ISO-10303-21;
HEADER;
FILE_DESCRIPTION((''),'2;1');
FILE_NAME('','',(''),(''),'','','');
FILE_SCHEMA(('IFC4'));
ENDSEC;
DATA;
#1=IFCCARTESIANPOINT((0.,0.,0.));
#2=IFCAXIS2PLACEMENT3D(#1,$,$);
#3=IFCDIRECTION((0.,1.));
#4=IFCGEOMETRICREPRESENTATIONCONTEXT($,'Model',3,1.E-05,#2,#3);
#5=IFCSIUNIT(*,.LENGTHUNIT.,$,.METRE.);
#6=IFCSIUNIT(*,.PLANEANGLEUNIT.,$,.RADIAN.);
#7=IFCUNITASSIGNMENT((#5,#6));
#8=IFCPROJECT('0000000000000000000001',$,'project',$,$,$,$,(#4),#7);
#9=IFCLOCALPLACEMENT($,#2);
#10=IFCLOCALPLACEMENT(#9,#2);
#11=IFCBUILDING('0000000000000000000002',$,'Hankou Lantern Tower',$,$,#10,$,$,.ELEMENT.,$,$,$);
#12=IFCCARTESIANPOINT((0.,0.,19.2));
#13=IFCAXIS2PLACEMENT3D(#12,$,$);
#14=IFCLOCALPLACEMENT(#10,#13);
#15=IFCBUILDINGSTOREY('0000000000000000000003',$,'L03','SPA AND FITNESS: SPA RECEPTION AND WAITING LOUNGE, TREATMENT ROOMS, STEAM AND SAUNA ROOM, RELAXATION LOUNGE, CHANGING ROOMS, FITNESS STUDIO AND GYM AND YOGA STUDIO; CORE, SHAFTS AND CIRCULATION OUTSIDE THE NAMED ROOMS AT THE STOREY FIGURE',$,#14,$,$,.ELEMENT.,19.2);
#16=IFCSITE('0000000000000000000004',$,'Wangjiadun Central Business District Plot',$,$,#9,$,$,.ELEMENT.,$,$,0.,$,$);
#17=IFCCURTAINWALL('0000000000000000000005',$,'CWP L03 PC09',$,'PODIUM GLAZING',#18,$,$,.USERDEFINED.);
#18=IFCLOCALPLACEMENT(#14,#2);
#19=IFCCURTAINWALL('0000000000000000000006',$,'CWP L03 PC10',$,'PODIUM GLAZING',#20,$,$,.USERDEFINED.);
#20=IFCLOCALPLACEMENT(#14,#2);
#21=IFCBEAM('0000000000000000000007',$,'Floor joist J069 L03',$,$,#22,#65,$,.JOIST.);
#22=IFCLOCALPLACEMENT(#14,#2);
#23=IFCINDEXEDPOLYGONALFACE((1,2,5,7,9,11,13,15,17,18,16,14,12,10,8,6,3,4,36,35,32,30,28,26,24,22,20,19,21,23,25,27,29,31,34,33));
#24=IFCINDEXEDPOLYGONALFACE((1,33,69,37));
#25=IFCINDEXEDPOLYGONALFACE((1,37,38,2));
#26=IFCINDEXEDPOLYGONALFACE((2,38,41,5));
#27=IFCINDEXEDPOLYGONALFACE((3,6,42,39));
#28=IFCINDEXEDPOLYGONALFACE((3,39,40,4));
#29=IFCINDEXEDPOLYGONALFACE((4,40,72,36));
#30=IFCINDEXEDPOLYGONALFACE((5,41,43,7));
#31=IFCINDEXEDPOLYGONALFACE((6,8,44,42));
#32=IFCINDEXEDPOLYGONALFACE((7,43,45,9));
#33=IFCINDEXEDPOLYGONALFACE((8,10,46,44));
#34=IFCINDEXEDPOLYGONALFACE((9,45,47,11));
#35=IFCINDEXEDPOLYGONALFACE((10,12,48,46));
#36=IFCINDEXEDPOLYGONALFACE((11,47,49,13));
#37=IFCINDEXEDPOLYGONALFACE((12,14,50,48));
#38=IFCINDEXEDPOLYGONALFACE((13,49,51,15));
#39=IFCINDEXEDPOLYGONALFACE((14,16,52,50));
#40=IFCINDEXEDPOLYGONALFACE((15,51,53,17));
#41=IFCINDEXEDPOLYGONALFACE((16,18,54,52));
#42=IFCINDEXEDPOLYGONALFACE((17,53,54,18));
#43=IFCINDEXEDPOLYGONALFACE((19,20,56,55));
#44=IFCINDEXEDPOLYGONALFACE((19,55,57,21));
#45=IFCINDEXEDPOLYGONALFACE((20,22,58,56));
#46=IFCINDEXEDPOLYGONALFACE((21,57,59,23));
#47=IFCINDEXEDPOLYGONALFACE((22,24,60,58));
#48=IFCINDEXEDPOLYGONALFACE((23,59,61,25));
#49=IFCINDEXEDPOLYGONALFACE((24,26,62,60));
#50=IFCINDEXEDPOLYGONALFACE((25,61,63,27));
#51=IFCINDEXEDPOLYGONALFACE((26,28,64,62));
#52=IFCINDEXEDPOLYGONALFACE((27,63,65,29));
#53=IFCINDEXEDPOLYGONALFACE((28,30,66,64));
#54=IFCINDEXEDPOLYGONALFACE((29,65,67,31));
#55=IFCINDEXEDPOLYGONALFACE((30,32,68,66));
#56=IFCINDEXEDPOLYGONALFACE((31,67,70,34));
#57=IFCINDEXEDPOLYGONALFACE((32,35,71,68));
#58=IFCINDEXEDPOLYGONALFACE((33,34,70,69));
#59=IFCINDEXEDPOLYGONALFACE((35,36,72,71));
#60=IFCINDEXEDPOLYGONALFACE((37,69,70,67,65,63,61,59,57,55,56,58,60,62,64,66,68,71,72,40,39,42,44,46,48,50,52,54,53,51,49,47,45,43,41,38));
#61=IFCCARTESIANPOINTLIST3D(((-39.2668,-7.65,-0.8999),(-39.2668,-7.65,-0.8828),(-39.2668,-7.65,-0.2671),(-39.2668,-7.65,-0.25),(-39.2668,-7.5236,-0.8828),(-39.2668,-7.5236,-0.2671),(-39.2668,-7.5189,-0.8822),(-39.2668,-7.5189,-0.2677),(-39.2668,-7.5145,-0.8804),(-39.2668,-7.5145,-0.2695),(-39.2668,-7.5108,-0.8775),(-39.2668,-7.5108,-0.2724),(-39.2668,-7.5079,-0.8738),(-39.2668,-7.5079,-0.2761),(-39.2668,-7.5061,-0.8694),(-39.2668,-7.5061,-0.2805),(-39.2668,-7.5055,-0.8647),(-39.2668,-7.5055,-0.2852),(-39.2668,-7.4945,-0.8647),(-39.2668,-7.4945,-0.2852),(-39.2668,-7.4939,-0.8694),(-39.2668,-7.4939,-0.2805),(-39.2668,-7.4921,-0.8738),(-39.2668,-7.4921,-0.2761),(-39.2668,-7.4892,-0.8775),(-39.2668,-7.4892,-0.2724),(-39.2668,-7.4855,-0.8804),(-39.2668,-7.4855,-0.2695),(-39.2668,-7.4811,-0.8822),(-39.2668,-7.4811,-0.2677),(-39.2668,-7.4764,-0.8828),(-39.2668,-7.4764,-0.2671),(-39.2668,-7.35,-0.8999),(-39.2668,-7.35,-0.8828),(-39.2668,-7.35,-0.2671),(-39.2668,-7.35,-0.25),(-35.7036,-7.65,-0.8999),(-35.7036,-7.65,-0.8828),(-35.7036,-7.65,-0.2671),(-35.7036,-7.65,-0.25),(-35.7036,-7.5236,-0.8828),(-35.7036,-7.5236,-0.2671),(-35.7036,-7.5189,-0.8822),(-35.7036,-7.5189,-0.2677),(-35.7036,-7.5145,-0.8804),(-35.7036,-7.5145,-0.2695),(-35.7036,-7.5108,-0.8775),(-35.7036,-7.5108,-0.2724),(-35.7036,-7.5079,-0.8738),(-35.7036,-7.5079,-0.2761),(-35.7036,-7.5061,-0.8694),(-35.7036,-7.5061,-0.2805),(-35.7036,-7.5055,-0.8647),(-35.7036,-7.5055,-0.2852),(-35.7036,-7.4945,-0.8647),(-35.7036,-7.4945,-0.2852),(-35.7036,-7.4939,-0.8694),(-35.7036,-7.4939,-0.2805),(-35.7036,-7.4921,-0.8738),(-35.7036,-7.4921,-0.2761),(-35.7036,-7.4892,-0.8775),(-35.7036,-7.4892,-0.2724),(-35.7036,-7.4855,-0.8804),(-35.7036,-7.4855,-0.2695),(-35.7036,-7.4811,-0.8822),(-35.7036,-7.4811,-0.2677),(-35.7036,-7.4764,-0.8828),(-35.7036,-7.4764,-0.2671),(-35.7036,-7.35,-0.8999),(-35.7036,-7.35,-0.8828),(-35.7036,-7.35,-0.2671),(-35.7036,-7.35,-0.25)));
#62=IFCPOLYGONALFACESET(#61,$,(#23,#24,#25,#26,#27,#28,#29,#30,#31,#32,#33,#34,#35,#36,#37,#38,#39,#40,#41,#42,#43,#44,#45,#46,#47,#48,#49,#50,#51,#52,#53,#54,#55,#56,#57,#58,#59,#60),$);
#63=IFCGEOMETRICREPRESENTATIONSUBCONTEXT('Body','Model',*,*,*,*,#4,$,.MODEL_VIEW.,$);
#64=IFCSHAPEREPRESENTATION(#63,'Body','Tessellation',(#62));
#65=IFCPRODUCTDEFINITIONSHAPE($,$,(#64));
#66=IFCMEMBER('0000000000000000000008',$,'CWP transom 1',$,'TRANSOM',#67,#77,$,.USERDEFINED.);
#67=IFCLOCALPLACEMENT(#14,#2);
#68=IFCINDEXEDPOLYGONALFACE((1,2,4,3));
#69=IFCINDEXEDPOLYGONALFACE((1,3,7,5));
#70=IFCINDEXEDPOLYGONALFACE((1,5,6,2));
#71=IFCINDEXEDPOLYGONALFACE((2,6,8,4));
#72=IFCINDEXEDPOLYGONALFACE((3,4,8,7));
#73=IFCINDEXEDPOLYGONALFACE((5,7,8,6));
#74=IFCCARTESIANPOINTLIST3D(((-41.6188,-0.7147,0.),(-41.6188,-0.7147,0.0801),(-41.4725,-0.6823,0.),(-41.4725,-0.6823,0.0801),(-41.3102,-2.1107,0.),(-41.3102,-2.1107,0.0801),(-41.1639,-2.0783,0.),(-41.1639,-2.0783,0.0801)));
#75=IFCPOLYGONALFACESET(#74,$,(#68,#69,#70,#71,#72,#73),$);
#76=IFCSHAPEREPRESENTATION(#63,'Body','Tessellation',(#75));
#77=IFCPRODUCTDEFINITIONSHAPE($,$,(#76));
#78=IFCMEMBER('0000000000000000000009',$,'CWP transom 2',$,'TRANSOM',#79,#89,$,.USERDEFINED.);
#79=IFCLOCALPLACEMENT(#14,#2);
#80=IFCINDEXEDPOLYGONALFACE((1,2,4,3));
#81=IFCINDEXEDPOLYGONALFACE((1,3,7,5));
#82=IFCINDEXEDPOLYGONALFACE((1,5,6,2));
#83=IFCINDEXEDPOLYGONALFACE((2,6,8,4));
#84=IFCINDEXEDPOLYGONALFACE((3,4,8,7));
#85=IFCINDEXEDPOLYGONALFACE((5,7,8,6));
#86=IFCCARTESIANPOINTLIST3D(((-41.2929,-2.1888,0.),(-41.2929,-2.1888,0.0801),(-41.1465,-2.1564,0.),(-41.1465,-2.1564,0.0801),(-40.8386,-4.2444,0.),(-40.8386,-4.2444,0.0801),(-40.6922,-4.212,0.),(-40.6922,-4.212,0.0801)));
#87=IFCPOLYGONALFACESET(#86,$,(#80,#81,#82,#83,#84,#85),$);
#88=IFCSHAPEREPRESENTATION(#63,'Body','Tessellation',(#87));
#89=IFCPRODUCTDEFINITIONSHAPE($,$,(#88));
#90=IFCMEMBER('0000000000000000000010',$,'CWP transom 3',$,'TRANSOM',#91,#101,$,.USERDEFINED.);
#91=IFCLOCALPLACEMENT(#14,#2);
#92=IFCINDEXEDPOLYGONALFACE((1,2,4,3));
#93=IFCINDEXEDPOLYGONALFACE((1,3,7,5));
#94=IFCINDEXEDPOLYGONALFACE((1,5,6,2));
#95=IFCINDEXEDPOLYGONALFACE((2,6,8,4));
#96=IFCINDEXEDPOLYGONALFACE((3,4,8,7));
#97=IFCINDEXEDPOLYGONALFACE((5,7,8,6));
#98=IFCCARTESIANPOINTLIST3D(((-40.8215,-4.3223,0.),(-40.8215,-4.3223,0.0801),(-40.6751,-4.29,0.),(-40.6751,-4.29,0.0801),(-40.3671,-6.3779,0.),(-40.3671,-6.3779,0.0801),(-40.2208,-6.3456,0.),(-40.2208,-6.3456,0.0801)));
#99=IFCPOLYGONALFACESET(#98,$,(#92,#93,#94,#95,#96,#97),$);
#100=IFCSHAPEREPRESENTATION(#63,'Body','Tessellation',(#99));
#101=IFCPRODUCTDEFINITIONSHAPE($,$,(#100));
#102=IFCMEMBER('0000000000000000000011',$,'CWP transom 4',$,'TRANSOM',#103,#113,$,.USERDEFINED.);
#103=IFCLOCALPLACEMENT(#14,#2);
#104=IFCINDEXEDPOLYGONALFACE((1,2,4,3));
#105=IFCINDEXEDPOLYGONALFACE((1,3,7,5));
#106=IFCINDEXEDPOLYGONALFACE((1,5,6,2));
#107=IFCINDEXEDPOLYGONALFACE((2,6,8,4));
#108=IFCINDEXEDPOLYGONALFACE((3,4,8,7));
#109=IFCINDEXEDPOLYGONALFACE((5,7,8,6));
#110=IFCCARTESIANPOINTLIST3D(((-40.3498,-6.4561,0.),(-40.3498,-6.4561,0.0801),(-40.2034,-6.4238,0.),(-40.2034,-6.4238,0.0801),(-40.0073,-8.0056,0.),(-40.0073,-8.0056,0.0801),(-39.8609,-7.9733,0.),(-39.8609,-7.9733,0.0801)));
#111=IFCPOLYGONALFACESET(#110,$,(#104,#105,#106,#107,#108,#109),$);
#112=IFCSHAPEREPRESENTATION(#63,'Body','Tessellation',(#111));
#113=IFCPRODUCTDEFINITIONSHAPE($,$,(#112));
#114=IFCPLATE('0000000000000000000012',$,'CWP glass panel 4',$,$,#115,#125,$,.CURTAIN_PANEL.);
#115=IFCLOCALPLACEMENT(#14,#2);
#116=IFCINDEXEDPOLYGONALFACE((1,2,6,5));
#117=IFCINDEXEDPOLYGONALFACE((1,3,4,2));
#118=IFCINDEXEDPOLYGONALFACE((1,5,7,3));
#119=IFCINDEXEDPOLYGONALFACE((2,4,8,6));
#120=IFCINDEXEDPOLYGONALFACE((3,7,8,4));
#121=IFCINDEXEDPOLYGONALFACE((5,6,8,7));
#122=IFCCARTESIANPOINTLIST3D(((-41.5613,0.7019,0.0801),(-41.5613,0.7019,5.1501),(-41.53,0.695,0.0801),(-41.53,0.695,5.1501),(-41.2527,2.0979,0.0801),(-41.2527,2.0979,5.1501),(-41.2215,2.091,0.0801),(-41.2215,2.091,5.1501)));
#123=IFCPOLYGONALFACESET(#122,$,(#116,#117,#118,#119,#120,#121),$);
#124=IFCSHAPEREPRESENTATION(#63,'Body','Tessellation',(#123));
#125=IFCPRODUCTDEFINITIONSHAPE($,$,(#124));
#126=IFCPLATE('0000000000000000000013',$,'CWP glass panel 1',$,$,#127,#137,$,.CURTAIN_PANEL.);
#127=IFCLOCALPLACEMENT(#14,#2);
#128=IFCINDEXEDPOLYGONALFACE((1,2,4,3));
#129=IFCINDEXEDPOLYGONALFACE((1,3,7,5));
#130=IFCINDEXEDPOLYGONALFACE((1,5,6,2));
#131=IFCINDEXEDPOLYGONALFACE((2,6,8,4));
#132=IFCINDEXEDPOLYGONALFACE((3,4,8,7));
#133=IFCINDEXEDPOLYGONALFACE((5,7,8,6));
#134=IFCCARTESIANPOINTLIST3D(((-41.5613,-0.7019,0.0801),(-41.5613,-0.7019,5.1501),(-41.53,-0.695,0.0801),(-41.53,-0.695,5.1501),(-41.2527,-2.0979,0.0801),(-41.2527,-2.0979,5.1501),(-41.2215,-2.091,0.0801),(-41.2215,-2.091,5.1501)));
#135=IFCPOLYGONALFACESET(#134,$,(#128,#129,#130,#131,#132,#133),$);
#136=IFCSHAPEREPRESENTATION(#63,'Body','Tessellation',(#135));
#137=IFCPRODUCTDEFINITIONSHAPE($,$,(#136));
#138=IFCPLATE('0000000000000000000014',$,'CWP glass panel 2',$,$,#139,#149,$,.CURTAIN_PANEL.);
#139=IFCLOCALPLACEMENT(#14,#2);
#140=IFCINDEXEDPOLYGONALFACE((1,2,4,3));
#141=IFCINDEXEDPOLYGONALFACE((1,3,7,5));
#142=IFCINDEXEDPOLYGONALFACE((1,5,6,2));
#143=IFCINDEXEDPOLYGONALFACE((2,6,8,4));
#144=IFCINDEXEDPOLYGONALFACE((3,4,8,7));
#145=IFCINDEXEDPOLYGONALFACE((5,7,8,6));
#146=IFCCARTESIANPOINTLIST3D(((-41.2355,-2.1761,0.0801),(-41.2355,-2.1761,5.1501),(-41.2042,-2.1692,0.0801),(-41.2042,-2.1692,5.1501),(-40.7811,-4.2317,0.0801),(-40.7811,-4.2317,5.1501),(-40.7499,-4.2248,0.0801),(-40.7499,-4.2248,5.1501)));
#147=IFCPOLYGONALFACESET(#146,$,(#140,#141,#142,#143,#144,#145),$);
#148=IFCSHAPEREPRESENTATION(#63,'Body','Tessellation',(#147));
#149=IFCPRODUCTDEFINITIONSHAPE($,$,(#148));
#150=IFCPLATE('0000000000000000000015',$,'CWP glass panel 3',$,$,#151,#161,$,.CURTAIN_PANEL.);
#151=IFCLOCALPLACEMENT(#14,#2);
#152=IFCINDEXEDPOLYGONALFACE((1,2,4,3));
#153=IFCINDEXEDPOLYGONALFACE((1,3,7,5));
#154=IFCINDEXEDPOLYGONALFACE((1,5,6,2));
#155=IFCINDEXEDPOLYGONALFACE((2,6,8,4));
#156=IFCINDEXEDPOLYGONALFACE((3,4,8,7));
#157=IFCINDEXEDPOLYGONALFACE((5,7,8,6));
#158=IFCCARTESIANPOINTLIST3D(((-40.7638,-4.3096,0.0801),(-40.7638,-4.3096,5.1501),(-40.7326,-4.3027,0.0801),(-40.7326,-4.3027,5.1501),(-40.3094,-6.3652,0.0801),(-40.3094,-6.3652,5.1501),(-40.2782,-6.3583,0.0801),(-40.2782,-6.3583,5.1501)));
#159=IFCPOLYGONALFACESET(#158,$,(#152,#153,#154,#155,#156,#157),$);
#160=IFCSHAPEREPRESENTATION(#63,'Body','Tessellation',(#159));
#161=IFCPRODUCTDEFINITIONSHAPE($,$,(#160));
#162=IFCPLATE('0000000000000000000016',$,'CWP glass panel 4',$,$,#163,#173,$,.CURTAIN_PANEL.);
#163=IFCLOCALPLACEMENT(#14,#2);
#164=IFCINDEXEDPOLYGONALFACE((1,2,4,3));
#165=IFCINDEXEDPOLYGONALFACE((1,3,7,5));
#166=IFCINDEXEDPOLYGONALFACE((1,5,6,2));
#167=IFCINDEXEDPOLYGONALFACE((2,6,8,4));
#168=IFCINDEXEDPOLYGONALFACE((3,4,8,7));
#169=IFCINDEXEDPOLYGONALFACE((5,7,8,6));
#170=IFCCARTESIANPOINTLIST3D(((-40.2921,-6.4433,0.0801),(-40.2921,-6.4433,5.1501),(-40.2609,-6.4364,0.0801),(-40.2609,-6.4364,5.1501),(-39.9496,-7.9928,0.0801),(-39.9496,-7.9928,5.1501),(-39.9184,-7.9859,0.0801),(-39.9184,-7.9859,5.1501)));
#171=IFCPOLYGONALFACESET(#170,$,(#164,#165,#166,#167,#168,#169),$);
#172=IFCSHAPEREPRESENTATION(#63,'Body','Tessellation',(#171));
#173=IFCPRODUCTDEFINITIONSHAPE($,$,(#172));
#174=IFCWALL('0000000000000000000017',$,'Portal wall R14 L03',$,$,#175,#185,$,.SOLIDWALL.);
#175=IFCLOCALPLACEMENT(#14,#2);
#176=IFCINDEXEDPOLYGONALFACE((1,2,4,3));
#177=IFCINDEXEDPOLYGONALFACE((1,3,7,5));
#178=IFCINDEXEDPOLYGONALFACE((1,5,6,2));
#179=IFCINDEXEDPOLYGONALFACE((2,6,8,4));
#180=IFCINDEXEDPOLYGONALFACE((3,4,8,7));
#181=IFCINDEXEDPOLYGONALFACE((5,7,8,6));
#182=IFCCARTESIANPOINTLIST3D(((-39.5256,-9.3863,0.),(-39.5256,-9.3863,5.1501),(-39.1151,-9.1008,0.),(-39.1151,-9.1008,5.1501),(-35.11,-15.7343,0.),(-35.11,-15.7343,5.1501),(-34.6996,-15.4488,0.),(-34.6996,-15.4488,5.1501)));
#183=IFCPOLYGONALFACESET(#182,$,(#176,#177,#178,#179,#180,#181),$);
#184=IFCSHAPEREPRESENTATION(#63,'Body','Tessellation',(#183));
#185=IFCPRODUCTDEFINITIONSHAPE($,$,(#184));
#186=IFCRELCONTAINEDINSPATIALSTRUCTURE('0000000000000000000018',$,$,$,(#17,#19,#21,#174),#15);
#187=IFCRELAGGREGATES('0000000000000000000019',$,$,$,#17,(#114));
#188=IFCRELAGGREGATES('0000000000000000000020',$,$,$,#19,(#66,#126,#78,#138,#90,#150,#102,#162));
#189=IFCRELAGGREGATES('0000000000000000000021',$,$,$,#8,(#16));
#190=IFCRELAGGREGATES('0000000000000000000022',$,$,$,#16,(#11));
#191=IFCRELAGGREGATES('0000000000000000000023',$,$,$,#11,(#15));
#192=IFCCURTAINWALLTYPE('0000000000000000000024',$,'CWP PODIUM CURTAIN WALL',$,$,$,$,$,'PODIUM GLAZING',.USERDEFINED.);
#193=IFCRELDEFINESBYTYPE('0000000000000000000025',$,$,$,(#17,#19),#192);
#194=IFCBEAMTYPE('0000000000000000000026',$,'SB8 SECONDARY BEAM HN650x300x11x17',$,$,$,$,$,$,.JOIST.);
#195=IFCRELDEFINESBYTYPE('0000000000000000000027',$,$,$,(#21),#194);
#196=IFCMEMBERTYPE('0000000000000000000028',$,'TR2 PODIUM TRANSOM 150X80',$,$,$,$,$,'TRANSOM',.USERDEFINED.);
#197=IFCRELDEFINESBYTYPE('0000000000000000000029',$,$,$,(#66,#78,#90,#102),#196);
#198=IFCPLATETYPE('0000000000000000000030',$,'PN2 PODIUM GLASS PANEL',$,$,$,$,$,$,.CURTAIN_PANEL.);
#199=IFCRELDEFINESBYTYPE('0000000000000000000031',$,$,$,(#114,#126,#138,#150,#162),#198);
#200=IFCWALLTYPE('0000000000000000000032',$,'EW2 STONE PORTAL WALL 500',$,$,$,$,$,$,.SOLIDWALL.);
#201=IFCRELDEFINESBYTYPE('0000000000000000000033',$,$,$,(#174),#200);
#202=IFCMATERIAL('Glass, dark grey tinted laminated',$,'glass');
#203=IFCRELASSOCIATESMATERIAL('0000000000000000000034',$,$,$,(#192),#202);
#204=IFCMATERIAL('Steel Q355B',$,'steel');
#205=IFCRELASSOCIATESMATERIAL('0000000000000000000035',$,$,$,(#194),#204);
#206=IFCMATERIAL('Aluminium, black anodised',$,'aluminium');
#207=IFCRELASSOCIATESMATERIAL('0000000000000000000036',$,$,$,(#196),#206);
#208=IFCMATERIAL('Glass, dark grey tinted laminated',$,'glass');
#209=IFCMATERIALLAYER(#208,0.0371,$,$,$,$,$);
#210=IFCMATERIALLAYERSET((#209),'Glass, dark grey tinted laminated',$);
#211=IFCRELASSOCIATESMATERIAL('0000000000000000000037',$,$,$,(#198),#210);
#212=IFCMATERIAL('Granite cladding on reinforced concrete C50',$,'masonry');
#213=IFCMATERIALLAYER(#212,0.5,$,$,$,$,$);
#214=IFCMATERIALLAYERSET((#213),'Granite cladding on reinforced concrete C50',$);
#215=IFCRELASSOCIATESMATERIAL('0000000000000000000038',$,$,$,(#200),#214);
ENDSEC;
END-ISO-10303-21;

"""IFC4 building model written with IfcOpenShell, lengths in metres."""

from ifc_helpers import new_model, si_unit, direction, frame, frame_2d, origin, origin_2d, place, context, subcontext, project, spatial, rectangle, i_section, extrude, material, layer, layer_set, material_profile, profile_set, type_object, element, aggregate, save


model = new_model("IFC4")

# Units and contexts
model_context = context("Model", 3, precision=1e-05, world=origin(), true_north=direction((0.0, 1.0)))
body_context = subcontext(model_context, "Body", "Model", "MODEL_VIEW")
ifc_project = project(units=[si_unit("LENGTHUNIT", "METRE"), si_unit("PLANEANGLEUNIT", "RADIAN")], contexts=[model_context])

# Site, building, storey
site_placement = place(None, origin())
site = spatial("IfcSite", under=ifc_project, at=site_placement, Name="Wangjiadun Central Business District Plot", CompositionType="ELEMENT", RefElevation=0.0)
building_placement = place(site_placement, origin())
building = spatial("IfcBuilding", under=site, at=building_placement, Name="Hankou Lantern Tower", CompositionType="ELEMENT")
storey_placement = place(building_placement, frame((0.0, 0.0, 19.2)))
storey = spatial("IfcBuildingStorey", under=building, at=storey_placement, Name="L03", Description="SPA AND FITNESS: SPA RECEPTION AND WAITING LOUNGE, TREATMENT ROOMS, STEAM AND SAUNA ROOM, RELAXATION LOUNGE, CHANGING ROOMS, FITNESS STUDIO AND GYM AND YOGA STUDIO; CORE, SHAFTS AND CIRCULATION OUTSIDE THE NAMED ROOMS AT THE STOREY FIGURE", CompositionType="ELEMENT", Elevation=19.2)

# Curtain wall
ifc_material_1 = material(Name="Glass, dark grey tinted laminated", Category="glass")
curtain_wall_type = type_object("IfcCurtainWallType", Name="CWP PODIUM CURTAIN WALL", ElementType="PODIUM GLAZING", PredefinedType="USERDEFINED", material=ifc_material_1)
curtain_wall_1_placement = place(storey_placement, origin())
curtain_wall_1 = element("IfcCurtainWall", 1, at=curtain_wall_1_placement, inside=storey, type_object=curtain_wall_type, Name="CWP L03 PC09", ObjectType="PODIUM GLAZING", PredefinedType="USERDEFINED")

# Curtain wall
curtain_wall_2_placement = place(storey_placement, origin())
curtain_wall_2 = element("IfcCurtainWall", 2, at=curtain_wall_2_placement, inside=storey, type_object=curtain_wall_type, Name="CWP L03 PC10", ObjectType="PODIUM GLAZING", PredefinedType="USERDEFINED")

# Beam
ifc_material_2 = material(Name="Steel Q355B", Category="steel")
ifc_material_profile_1 = material_profile(ifc_material_2, i_section(OverallWidth=0.3, OverallDepth=0.6499, WebThickness=0.011, FlangeThickness=0.0171, FilletRadius=0.0181, at=origin_2d()), Name="HN650x300x11x17")
ifc_profile_set_1 = profile_set([ifc_material_profile_1], Name="Steel Q355B")
beam_type_1 = type_object("IfcBeamType", Name="SB8 SECONDARY BEAM HN650x300x11x17", PredefinedType="JOIST", material=ifc_profile_set_1)
beam_1_placement = place(storey_placement, frame((-39.2668, -7.5, -0.575), z_axis=(1.0, 0.0, 0.0), x_axis=(0.0, 1.0, 0.0)))
element("IfcBeam", 3, at=beam_1_placement, inside=storey, type_object=beam_type_1, Name="Floor joist J069 L03", PredefinedType="JOIST", context=body_context, shape_type="SweptSolid", body=[
    extrude(i_section(OverallWidth=0.3, OverallDepth=0.6499, WebThickness=0.011, FlangeThickness=0.0171, FilletRadius=0.0181, at=origin_2d()), origin(), (0.0, 0.0, 1.0), 3.5632),
])

# Members
ifc_material_3 = material(Name="Aluminium, black anodised", Category="aluminium")
ifc_material_profile_2 = material_profile(ifc_material_3, rectangle(XDim=0.1499, YDim=0.0801, at=origin_2d()), Name="TR2 150X80")
ifc_profile_set_2 = profile_set([ifc_material_profile_2], Name="Aluminium, black anodised")
member_type_1 = type_object("IfcMemberType", Name="TR2 PODIUM TRANSOM 150X80", ElementType="TRANSOM", PredefinedType="USERDEFINED", material=ifc_profile_set_2)
member_1_placement = place(storey_placement, frame((-41.5457, -0.6985, 0.04), z_axis=(0.215845, -0.976428, 0.0), x_axis=(0.976428, 0.215845, 0.0)))
member_1 = element("IfcMember", 4, at=member_1_placement, type_object=member_type_1, Name="CWP transom 1", ObjectType="TRANSOM", PredefinedType="USERDEFINED", context=body_context, shape_type="SweptSolid", body=[
    extrude(rectangle(XDim=0.1499, YDim=0.0801, at=origin_2d()), origin(), (0.0, 0.0, 1.0), 1.4297),
])
member_2_placement = place(storey_placement, frame((-41.2197, -2.1726, 0.04), z_axis=(0.215813, -0.976435, 0.0), x_axis=(0.976435, 0.215813, 0.0)))
member_2 = element("IfcMember", 5, at=member_2_placement, type_object=member_type_1, Name="CWP transom 2", ObjectType="TRANSOM", PredefinedType="USERDEFINED", context=body_context, shape_type="SweptSolid", body=[
    extrude(rectangle(XDim=0.1499, YDim=0.0801, at=origin_2d()), origin(), (0.0, 0.0, 1.0), 2.1052),
])
member_3_placement = place(storey_placement, frame((-40.7483, -4.3062, 0.04), z_axis=(0.215813, -0.976435, 0.0), x_axis=(0.976435, 0.215813, 0.0)))
member_3 = element("IfcMember", 6, at=member_3_placement, type_object=member_type_1, Name="CWP transom 3", ObjectType="TRANSOM", PredefinedType="USERDEFINED", context=body_context, shape_type="SweptSolid", body=[
    extrude(rectangle(XDim=0.1499, YDim=0.0801, at=origin_2d()), origin(), (0.0, 0.0, 1.0), 2.1052),
])
member_4_placement = place(storey_placement, frame((-40.2766, -6.4399, 0.04), z_axis=(0.215839, -0.976429, 0.0), x_axis=(0.976429, 0.215839, 0.0)))
member_4 = element("IfcMember", 7, at=member_4_placement, type_object=member_type_1, Name="CWP transom 4", ObjectType="TRANSOM", PredefinedType="USERDEFINED", context=body_context, shape_type="SweptSolid", body=[
    extrude(rectangle(XDim=0.1499, YDim=0.0801, at=origin_2d()), origin(), (0.0, 0.0, 1.0), 1.5869),
])

# Plates
ifc_material_4 = material(Name="Glass, dark grey tinted laminated", Category="glass")
ifc_layer_1 = layer(ifc_material_4, 0.0371)
ifc_layer_set_1 = layer_set([ifc_layer_1], Name="Glass, dark grey tinted laminated")
plate_type = type_object("IfcPlateType", Name="PN2 PODIUM GLASS PANEL", PredefinedType="CURTAIN_PANEL", material=ifc_layer_set_1)
plate_1_placement = place(storey_placement, frame((-41.3914, 1.3965, 0.0801), z_axis=(0.0, 0.0, 1.0), x_axis=(-0.215821, -0.976433, 0.0)))
plate_1 = element("IfcPlate", 8, at=plate_1_placement, type_object=plate_type, Name="CWP glass panel 4", PredefinedType="CURTAIN_PANEL", context=body_context, shape_type="SweptSolid", body=[
    extrude(rectangle(XDim=1.4297, YDim=0.032, at=origin_2d()), origin(), (0.0, 0.0, 1.0), 5.0701),
])
aggregate(curtain_wall_1, [plate_1])
plate_2_placement = place(storey_placement, frame((-41.3914, -1.3965, 0.0801), z_axis=(0.0, 0.0, 1.0), x_axis=(0.215821, -0.976433, 0.0)))
plate_2 = element("IfcPlate", 9, at=plate_2_placement, type_object=plate_type, Name="CWP glass panel 1", PredefinedType="CURTAIN_PANEL", context=body_context, shape_type="SweptSolid", body=[
    extrude(rectangle(XDim=1.4297, YDim=0.032, at=origin_2d()), origin(), (0.0, 0.0, 1.0), 5.0701),
])
plate_3_placement = place(storey_placement, frame((-40.9927, -3.2004, 0.0801), z_axis=(0.0, 0.0, 1.0), x_axis=(0.215821, -0.976433, 0.0)))
plate_3 = element("IfcPlate", 10, at=plate_3_placement, type_object=plate_type, Name="CWP glass panel 2", PredefinedType="CURTAIN_PANEL", context=body_context, shape_type="SweptSolid", body=[
    extrude(rectangle(XDim=2.1052, YDim=0.032, at=origin_2d()), origin(), (0.0, 0.0, 1.0), 5.0701),
])
plate_4_placement = place(storey_placement, frame((-40.521, -5.334, 0.0801), z_axis=(0.0, 0.0, 1.0), x_axis=(0.215821, -0.976433, 0.0)))
plate_4 = element("IfcPlate", 11, at=plate_4_placement, type_object=plate_type, Name="CWP glass panel 3", PredefinedType="CURTAIN_PANEL", context=body_context, shape_type="SweptSolid", body=[
    extrude(rectangle(XDim=2.1052, YDim=0.032, at=origin_2d()), origin(), (0.0, 0.0, 1.0), 5.0701),
])
plate_5_placement = place(storey_placement, frame((-40.1052, -7.2146, 0.0801), z_axis=(0.0, 0.0, 1.0), x_axis=(0.215821, -0.976433, 0.0)))
plate_5 = element("IfcPlate", 12, at=plate_5_placement, type_object=plate_type, Name="CWP glass panel 4", PredefinedType="CURTAIN_PANEL", context=body_context, shape_type="SweptSolid", body=[
    extrude(rectangle(XDim=1.5869, YDim=0.032, at=origin_2d()), origin(), (0.0, 0.0, 1.0), 5.0701),
])
aggregate(curtain_wall_2, [member_1, plate_2, member_2, plate_3, member_3, plate_4, member_4, plate_5])

# Wall
ifc_material_5 = material(Name="Granite cladding on reinforced concrete C50", Category="masonry")
ifc_layer_2 = layer(ifc_material_5, 0.5)
ifc_layer_set_2 = layer_set([ifc_layer_2], Name="Granite cladding on reinforced concrete C50")
wall_type = type_object("IfcWallType", Name="EW2 STONE PORTAL WALL 500", PredefinedType="SOLIDWALL", material=ifc_layer_set_2)
wall_placement = place(storey_placement, frame((-39.3203, -9.2437, 0.0), z_axis=(0.0, 0.0, 1.0), x_axis=(0.571029, -0.82093, 0.0)))
element("IfcWall", 13, at=wall_placement, inside=storey, type_object=wall_type, Name="Portal wall R14 L03", PredefinedType="SOLIDWALL", context=body_context, shape_type="SweptSolid", body=[
    extrude(rectangle(XDim=7.7327, YDim=0.5, at=frame_2d((3.8662, 0.0))), origin(), (0.0, 0.0, 1.0), 5.1501),
])

save(model, "model.ifc")
